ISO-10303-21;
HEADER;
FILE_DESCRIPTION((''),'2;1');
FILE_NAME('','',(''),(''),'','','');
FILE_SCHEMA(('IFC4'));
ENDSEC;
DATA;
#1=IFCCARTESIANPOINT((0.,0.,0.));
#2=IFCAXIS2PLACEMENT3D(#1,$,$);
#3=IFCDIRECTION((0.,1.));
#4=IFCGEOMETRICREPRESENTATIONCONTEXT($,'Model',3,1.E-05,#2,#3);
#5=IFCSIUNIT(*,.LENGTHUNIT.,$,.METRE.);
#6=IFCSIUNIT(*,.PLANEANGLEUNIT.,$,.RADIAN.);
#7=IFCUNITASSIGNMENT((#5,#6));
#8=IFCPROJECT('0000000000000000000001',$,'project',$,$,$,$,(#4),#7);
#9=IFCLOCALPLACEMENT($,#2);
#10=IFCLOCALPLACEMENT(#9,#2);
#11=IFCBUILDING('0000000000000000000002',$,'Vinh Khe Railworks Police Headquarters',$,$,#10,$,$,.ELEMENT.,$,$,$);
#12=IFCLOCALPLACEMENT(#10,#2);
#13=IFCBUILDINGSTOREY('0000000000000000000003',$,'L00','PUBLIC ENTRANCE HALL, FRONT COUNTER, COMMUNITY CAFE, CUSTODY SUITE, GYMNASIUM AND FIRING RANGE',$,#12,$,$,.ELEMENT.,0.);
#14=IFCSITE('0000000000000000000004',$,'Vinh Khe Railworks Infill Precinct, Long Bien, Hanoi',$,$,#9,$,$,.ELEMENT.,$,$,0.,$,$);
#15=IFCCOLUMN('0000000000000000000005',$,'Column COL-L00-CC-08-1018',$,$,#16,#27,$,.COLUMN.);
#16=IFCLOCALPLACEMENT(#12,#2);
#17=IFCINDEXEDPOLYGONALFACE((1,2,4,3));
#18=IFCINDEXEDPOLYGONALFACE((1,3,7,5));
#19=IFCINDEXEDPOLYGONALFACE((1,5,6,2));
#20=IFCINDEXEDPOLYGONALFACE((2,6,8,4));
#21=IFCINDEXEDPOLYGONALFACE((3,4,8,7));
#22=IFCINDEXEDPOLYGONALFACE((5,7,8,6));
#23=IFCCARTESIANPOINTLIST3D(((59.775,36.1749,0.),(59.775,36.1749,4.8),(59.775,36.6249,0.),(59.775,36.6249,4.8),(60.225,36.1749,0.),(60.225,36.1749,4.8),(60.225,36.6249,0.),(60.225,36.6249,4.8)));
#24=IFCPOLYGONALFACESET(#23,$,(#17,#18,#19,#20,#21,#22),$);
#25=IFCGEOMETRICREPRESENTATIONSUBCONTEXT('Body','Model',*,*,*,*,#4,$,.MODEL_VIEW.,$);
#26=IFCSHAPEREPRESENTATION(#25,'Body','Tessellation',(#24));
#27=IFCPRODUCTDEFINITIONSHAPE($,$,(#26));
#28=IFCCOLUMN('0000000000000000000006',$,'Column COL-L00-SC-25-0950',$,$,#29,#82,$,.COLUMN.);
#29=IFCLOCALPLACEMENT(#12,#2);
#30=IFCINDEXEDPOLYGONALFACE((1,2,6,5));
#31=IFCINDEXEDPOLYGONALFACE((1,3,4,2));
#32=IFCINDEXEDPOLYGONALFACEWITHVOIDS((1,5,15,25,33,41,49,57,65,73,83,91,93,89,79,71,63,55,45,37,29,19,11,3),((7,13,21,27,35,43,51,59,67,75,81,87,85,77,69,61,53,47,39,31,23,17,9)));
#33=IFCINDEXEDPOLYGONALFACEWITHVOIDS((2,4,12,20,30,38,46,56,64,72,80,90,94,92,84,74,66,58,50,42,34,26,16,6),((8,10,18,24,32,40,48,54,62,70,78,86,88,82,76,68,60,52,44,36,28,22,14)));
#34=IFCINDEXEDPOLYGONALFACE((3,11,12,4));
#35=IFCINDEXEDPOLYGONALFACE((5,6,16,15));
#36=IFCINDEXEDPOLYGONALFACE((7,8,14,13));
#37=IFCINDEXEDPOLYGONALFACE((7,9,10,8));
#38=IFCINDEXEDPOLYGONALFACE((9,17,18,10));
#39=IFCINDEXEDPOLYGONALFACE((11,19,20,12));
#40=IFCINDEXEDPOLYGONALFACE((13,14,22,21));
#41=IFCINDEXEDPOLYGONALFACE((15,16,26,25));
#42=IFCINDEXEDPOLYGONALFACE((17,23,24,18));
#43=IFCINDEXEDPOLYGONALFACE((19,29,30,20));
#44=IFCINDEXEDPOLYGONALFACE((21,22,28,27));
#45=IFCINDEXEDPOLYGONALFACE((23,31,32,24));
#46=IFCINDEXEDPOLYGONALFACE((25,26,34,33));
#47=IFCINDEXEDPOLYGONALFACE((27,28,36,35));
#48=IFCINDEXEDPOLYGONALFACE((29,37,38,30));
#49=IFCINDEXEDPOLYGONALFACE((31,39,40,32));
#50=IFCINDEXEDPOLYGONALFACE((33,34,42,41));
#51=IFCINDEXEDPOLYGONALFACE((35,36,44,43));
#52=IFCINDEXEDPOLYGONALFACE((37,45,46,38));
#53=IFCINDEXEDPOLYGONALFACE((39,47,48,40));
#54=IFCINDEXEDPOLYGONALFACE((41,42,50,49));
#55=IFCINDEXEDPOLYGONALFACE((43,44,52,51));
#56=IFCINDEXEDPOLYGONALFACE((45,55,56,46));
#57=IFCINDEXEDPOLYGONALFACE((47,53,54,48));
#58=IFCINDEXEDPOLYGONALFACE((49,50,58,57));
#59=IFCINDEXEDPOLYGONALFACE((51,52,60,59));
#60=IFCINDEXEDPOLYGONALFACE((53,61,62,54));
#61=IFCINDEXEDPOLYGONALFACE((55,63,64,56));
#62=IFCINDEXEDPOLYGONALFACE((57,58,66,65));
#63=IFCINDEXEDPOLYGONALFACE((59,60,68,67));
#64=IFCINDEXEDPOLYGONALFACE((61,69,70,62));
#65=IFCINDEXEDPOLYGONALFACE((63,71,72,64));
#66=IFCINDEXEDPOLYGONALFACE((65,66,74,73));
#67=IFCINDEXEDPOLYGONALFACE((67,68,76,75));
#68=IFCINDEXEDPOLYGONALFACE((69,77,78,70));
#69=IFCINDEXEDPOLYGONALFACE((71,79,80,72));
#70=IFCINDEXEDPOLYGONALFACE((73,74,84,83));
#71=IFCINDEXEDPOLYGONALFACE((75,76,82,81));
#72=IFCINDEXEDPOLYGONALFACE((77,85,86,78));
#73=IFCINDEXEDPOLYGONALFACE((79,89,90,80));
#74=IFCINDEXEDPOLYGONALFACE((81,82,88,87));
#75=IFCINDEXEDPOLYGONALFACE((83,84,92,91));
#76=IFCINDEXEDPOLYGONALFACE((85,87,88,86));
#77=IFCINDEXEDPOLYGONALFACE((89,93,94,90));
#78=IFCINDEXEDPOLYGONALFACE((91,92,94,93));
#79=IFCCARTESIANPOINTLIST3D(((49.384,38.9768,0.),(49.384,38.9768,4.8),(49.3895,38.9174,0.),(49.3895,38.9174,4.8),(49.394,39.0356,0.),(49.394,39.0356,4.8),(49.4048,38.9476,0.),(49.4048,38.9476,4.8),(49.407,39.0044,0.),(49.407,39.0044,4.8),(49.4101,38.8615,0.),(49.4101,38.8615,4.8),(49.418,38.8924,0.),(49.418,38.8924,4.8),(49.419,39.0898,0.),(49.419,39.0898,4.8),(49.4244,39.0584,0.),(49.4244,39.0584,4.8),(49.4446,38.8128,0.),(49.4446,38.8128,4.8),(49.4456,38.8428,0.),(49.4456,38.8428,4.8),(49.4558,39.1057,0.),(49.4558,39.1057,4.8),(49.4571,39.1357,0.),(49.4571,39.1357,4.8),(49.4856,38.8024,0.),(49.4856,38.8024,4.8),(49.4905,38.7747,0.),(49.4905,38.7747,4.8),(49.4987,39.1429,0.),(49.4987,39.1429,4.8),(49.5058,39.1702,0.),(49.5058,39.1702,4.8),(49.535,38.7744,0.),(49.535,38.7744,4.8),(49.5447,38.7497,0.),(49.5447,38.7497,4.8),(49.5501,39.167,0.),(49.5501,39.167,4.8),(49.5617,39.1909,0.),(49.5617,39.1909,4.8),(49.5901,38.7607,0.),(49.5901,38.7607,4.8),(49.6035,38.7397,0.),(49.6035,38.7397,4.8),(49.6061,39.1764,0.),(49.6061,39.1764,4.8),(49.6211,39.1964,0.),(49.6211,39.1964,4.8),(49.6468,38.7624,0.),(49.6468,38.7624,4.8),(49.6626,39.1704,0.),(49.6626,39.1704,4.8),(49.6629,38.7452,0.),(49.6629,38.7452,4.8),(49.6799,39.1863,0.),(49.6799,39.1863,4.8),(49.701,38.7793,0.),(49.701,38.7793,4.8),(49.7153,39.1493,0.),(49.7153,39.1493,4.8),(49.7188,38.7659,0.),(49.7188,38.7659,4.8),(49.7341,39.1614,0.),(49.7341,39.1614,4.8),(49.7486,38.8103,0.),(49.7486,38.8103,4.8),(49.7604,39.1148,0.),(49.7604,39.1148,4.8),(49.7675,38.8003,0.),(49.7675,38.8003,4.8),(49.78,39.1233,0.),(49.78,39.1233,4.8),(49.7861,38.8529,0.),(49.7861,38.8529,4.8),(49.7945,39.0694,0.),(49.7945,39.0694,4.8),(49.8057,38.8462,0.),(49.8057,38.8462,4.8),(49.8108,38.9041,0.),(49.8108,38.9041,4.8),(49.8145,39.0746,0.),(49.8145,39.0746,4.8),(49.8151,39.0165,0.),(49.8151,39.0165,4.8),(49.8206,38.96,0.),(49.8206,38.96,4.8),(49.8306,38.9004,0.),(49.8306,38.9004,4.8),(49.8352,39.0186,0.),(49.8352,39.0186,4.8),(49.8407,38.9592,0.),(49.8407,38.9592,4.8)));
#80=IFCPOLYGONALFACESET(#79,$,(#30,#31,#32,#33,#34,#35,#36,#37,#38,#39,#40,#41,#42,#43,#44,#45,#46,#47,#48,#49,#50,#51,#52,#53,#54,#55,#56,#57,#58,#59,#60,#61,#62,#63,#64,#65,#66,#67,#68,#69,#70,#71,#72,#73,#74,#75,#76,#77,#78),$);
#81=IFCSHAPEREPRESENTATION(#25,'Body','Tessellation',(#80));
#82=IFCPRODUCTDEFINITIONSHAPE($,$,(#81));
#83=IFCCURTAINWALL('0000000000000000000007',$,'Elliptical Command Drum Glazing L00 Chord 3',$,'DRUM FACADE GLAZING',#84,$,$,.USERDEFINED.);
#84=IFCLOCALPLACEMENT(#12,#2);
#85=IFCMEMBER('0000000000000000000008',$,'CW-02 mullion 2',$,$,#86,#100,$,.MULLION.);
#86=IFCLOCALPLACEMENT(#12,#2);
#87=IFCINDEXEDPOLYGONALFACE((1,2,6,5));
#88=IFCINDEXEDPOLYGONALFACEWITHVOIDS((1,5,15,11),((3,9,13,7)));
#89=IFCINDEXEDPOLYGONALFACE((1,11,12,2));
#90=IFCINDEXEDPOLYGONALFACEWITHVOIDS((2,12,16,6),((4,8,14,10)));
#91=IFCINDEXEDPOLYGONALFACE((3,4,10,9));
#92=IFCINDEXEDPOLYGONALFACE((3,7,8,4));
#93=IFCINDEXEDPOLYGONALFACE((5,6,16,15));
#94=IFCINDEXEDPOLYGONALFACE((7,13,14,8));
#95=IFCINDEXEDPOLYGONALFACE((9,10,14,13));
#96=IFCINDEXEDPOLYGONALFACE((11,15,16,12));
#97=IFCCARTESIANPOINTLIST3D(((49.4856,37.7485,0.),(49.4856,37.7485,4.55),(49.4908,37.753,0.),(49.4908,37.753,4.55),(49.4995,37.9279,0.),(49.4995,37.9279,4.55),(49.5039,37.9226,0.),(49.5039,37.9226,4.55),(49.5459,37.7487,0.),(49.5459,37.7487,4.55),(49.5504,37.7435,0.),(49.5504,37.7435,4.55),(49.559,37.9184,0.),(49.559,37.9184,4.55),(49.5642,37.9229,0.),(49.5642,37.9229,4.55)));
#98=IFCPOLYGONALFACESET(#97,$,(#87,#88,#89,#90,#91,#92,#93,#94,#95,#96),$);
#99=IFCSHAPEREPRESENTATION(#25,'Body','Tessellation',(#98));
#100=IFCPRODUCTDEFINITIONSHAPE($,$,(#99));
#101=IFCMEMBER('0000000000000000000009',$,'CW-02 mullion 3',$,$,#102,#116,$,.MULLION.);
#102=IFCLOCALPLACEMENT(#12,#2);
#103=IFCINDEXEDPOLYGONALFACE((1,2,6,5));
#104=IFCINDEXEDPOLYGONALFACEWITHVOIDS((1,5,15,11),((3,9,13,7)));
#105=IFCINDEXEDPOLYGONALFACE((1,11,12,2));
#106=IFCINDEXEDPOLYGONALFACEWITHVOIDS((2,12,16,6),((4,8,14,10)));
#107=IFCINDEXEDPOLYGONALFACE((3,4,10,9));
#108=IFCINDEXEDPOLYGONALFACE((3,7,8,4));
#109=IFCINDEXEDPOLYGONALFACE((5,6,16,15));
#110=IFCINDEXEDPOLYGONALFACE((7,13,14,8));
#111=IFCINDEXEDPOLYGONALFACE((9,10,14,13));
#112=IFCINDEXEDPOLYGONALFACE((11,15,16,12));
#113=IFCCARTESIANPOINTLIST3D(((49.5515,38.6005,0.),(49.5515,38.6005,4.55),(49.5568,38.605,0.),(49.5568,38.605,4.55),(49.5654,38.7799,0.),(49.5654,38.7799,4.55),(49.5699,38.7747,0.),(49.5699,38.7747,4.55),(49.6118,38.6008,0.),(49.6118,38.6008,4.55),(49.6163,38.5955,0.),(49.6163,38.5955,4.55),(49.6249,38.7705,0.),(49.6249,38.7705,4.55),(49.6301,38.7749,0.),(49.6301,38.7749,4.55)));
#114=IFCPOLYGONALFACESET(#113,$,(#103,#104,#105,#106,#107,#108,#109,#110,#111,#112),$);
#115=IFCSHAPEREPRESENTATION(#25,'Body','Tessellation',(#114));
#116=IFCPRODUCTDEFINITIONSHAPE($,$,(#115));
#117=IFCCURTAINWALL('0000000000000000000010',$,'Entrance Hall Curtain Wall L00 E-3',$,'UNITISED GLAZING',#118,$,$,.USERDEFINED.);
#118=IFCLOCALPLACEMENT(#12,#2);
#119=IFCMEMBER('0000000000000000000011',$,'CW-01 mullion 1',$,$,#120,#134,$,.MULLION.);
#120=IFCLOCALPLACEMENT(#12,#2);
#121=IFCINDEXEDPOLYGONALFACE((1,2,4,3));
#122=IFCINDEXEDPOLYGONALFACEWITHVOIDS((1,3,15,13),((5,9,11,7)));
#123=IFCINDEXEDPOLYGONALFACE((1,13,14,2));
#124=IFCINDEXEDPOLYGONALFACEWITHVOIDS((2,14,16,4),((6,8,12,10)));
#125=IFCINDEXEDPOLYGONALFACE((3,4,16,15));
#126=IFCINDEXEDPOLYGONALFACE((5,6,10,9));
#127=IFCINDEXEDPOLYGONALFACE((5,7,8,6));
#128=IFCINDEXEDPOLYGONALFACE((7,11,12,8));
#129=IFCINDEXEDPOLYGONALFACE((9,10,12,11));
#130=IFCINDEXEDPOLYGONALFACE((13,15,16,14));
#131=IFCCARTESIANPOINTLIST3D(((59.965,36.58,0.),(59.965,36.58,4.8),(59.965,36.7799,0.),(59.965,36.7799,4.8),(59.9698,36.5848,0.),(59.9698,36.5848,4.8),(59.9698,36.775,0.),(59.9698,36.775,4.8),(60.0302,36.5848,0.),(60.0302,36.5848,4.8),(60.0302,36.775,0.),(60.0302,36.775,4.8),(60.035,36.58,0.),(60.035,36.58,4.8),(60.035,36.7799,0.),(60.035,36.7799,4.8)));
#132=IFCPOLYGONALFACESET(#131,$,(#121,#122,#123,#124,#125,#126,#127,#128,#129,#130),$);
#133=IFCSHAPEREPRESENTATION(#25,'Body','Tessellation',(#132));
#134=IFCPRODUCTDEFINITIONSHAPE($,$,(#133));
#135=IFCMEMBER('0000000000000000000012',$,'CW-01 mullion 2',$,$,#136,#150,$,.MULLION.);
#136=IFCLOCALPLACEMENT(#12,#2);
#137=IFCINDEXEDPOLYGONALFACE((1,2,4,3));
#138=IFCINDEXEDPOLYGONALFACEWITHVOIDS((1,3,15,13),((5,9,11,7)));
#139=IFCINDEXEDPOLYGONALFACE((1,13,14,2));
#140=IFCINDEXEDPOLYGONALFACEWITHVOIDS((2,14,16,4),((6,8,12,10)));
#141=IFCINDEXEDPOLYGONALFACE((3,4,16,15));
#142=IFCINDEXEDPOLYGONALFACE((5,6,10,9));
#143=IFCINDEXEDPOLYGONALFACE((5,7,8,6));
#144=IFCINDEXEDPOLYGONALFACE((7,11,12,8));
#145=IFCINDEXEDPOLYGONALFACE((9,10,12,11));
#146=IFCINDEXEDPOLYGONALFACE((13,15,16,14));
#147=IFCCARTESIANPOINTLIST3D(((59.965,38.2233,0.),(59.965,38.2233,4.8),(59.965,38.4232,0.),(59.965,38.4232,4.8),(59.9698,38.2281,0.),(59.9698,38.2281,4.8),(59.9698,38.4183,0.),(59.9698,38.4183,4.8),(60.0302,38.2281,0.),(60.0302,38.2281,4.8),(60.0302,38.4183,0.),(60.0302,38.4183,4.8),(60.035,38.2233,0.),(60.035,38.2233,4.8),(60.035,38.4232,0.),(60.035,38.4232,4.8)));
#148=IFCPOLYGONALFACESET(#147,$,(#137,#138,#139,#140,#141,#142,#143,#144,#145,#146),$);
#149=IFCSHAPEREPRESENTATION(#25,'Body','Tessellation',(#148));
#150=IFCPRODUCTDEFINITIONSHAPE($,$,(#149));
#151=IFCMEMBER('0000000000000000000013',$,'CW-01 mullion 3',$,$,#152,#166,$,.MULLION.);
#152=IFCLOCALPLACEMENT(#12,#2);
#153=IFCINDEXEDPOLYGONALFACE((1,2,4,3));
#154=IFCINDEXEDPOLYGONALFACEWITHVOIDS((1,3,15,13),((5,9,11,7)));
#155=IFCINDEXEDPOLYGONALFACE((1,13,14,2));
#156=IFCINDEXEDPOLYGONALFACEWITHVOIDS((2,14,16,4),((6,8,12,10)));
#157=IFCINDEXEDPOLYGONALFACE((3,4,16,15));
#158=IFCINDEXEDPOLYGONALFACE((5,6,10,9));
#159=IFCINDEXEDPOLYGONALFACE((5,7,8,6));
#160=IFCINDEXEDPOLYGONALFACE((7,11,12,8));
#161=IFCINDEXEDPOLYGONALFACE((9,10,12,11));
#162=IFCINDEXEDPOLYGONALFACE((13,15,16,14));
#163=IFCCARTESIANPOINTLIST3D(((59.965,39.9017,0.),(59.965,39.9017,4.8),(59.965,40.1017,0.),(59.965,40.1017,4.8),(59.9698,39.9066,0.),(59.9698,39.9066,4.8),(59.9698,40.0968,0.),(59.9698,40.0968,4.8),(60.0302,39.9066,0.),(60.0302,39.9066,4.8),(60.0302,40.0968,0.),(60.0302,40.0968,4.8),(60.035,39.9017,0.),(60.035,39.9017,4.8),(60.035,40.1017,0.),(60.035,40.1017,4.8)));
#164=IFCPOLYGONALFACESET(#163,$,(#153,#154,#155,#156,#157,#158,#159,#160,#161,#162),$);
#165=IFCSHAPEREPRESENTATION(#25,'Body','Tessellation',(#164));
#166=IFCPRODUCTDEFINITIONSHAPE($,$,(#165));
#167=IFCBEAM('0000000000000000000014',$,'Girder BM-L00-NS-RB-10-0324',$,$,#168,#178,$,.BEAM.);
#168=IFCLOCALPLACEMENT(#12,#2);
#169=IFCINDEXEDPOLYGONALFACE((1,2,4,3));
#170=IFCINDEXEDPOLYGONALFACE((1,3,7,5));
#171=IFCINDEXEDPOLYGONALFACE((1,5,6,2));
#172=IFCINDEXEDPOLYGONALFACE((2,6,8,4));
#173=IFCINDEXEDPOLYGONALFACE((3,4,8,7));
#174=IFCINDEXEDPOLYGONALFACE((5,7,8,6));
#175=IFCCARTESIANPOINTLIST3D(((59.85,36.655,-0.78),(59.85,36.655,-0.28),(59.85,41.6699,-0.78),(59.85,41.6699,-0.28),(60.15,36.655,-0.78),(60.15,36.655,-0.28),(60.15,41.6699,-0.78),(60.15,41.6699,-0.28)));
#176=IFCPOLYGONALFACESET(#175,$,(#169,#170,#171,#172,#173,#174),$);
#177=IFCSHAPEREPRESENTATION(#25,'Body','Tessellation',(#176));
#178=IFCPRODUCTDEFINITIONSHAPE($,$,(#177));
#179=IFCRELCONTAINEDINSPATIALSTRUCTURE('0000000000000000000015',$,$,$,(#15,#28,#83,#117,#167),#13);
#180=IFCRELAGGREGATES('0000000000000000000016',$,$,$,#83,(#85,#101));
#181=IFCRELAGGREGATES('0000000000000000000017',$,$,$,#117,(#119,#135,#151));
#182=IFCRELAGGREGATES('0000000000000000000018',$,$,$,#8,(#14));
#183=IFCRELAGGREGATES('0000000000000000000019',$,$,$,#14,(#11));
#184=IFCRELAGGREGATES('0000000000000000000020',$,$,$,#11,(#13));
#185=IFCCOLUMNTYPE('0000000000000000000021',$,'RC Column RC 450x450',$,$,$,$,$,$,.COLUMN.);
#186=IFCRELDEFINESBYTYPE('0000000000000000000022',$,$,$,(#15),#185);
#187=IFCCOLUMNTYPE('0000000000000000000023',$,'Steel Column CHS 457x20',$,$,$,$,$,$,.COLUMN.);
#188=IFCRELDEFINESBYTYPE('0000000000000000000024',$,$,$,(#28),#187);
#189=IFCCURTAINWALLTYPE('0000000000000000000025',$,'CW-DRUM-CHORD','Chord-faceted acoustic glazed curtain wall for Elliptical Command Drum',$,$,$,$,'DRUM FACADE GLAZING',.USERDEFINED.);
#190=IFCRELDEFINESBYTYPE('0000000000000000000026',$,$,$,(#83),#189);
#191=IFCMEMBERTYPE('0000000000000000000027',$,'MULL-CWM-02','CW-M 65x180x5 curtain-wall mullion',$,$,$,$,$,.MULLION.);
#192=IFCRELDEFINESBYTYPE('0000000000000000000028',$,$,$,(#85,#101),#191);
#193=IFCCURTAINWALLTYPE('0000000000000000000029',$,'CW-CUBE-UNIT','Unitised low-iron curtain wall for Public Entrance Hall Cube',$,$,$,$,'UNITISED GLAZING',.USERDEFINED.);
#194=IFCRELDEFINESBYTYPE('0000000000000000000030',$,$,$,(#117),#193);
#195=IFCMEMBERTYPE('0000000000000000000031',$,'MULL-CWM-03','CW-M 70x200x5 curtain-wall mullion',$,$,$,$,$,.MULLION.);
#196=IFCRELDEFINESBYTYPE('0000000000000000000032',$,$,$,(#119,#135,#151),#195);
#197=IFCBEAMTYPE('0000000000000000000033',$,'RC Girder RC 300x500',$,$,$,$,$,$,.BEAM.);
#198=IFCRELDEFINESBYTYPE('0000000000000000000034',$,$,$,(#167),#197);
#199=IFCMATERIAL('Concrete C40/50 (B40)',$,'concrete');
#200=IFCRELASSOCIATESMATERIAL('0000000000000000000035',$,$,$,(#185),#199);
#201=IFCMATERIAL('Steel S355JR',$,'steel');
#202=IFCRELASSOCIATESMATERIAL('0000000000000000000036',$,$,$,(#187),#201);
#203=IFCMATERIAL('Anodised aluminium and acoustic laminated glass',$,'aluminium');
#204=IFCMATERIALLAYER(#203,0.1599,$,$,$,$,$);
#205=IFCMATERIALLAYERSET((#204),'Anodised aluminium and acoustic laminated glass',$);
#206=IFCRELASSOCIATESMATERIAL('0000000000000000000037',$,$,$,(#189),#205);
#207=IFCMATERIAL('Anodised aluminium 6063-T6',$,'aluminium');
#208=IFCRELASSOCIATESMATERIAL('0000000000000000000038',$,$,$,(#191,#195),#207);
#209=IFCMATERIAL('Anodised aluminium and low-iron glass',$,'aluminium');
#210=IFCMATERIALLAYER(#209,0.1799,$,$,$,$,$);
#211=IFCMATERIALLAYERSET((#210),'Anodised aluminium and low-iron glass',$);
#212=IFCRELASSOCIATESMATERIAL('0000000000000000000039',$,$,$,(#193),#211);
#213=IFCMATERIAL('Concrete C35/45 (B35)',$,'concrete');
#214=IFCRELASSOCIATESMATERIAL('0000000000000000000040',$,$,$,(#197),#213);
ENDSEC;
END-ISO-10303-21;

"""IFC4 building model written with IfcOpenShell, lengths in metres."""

from ifc_helpers import new_model, si_unit, direction, frame, origin, origin_2d, place, context, subcontext, project, spatial, rectangle, hollow_rectangle, hollow_circle, extrude, material, layer, layer_set, material_profile, profile_set, type_object, element, aggregate, save


model = new_model("IFC4")

# Units and contexts
model_context = context("Model", 3, precision=1e-05, world=origin(), true_north=direction((0.0, 1.0)))
body_context = subcontext(model_context, "Body", "Model", "MODEL_VIEW")
ifc_project = project(units=[si_unit("LENGTHUNIT", "METRE"), si_unit("PLANEANGLEUNIT", "RADIAN")], contexts=[model_context])

# Site, building, storey
site_placement = place(None, origin())
site = spatial("IfcSite", under=ifc_project, at=site_placement, Name="Vinh Khe Railworks Infill Precinct, Long Bien, Hanoi", CompositionType="ELEMENT", RefElevation=0.0)
building_placement = place(site_placement, origin())
building = spatial("IfcBuilding", under=site, at=building_placement, Name="Vinh Khe Railworks Police Headquarters", CompositionType="ELEMENT")
storey_placement = place(building_placement, origin())
storey = spatial("IfcBuildingStorey", under=building, at=storey_placement, Name="L00", Description="PUBLIC ENTRANCE HALL, FRONT COUNTER, COMMUNITY CAFE, CUSTODY SUITE, GYMNASIUM AND FIRING RANGE", CompositionType="ELEMENT", Elevation=0.0)

# Columns
ifc_material_1 = material(Name="Concrete C40/50 (B40)", Category="concrete")
ifc_material_profile_1 = material_profile(ifc_material_1, rectangle(XDim=0.45, YDim=0.45, at=origin_2d()), Name="RC 450x450")
ifc_profile_set_1 = profile_set([ifc_material_profile_1], Name="Concrete C40/50 (B40)")
column_type_1 = type_object("IfcColumnType", Name="RC Column RC 450x450", PredefinedType="COLUMN", material=ifc_profile_set_1)
column_1_placement = place(storey_placement, frame((60.0, 36.3999, 0.0), z_axis=(0.0, 0.0, 1.0), x_axis=(1.0, 0.0, 0.0)))
element("IfcColumn", 1, at=column_1_placement, inside=storey, type_object=column_type_1, Name="Column COL-L00-CC-08-1018", PredefinedType="COLUMN", context=body_context, shape_type="SweptSolid", body=[
    extrude(rectangle(XDim=0.45, YDim=0.45, at=origin_2d()), origin(), (0.0, 0.0, 1.0), 4.8),
])
ifc_material_2 = material(Name="Steel S355JR", Category="steel")
ifc_material_profile_2 = material_profile(ifc_material_2, hollow_circle(Radius=0.2285, WallThickness=0.02, at=origin_2d()), Name="CHS 457x20")
ifc_profile_set_2 = profile_set([ifc_material_profile_2], Name="Steel S355JR")
column_type_2 = type_object("IfcColumnType", Name="Steel Column CHS 457x20", PredefinedType="COLUMN", material=ifc_profile_set_2)
column_2_placement = place(storey_placement, frame((49.6123, 38.968, 0.0), z_axis=(0.0, 0.0, 1.0), x_axis=(0.999256, -0.038562, 0.0)))
element("IfcColumn", 2, at=column_2_placement, inside=storey, type_object=column_type_2, Name="Column COL-L00-SC-25-0950", PredefinedType="COLUMN", context=body_context, shape_type="SweptSolid", body=[
    extrude(hollow_circle(Radius=0.2285, WallThickness=0.02, at=origin_2d()), origin(), (0.0, 0.0, 1.0), 4.8),
])

# Curtain walls, members
ifc_material_3 = material(Name="Anodised aluminium and acoustic laminated glass", Category="aluminium")
ifc_layer_1 = layer(ifc_material_3, 0.1599)
ifc_layer_set_1 = layer_set([ifc_layer_1], Name="Anodised aluminium and acoustic laminated glass")
curtain_wall_type_1 = type_object("IfcCurtainWallType", Name="CW-DRUM-CHORD", Description="Chord-faceted acoustic glazed curtain wall for Elliptical Command Drum", ElementType="DRUM FACADE GLAZING", PredefinedType="USERDEFINED", material=ifc_layer_set_1)
curtain_wall_1_placement = place(storey_placement, origin())
curtain_wall_1 = element("IfcCurtainWall", 3, at=curtain_wall_1_placement, inside=storey, type_object=curtain_wall_type_1, Name="Elliptical Command Drum Glazing L00 Chord 3", ObjectType="DRUM FACADE GLAZING", PredefinedType="USERDEFINED")
ifc_material_4 = material(Name="Anodised aluminium 6063-T6", Category="aluminium")
ifc_material_profile_3 = material_profile(ifc_material_4, hollow_rectangle(XDim=0.0649, YDim=0.1799, WallThickness=0.0049, at=origin_2d()), Name="CW-M 65x180x5")
ifc_profile_set_3 = profile_set([ifc_material_profile_3], Name="Anodised aluminium 6063-T6")
member_type_1 = type_object("IfcMemberType", Name="MULL-CWM-02", Description="CW-M 65x180x5 curtain-wall mullion", PredefinedType="MULLION", material=ifc_profile_set_3)
member_1_placement = place(storey_placement, frame((49.5249, 37.8357, 0.0), z_axis=(0.0, 0.0, 1.0), x_axis=(-0.997033, 0.07697, 0.0)))
member_1 = element("IfcMember", 4, at=member_1_placement, type_object=member_type_1, Name="CW-02 mullion 2", PredefinedType="MULLION", context=body_context, shape_type="SweptSolid", body=[
    extrude(hollow_rectangle(XDim=0.0649, YDim=0.1799, WallThickness=0.0049, at=origin_2d()), origin(), (0.0, 0.0, 1.0), 4.55),
])
member_2_placement = place(storey_placement, frame((49.5908, 38.6877, 0.0), z_axis=(0.0, 0.0, 1.0), x_axis=(-0.997033, 0.07697, 0.0)))
member_2 = element("IfcMember", 5, at=member_2_placement, type_object=member_type_1, Name="CW-02 mullion 3", PredefinedType="MULLION", context=body_context, shape_type="SweptSolid", body=[
    extrude(hollow_rectangle(XDim=0.0649, YDim=0.1799, WallThickness=0.0049, at=origin_2d()), origin(), (0.0, 0.0, 1.0), 4.55),
])
ifc_material_5 = material(Name="Anodised aluminium and low-iron glass", Category="aluminium")
ifc_layer_2 = layer(ifc_material_5, 0.1799)
ifc_layer_set_2 = layer_set([ifc_layer_2], Name="Anodised aluminium and low-iron glass")
curtain_wall_type_2 = type_object("IfcCurtainWallType", Name="CW-CUBE-UNIT", Description="Unitised low-iron curtain wall for Public Entrance Hall Cube", ElementType="UNITISED GLAZING", PredefinedType="USERDEFINED", material=ifc_layer_set_2)
curtain_wall_2_placement = place(storey_placement, origin())
curtain_wall_2 = element("IfcCurtainWall", 6, at=curtain_wall_2_placement, inside=storey, type_object=curtain_wall_type_2, Name="Entrance Hall Curtain Wall L00 E-3", ObjectType="UNITISED GLAZING", PredefinedType="USERDEFINED")
ifc_material_profile_4 = material_profile(ifc_material_4, hollow_rectangle(XDim=0.0701, YDim=0.2, WallThickness=0.0049, at=origin_2d()), Name="CW-M 70x200x5")
ifc_profile_set_4 = profile_set([ifc_material_profile_4], Name="Anodised aluminium 6063-T6")
member_type_2 = type_object("IfcMemberType", Name="MULL-CWM-03", Description="CW-M 70x200x5 curtain-wall mullion", PredefinedType="MULLION", material=ifc_profile_set_4)
member_3_placement = place(storey_placement, frame((60.0, 36.6799, 0.0), z_axis=(0.0, 0.0, 1.0), x_axis=(-1.0, 0.0, 0.0)))
member_3 = element("IfcMember", 7, at=member_3_placement, type_object=member_type_2, Name="CW-01 mullion 1", PredefinedType="MULLION", context=body_context, shape_type="SweptSolid", body=[
    extrude(hollow_rectangle(XDim=0.0701, YDim=0.2, WallThickness=0.0049, at=origin_2d()), origin(), (0.0, 0.0, 1.0), 4.8),
])
member_4_placement = place(storey_placement, frame((60.0, 38.3232, 0.0), z_axis=(0.0, 0.0, 1.0), x_axis=(-1.0, 0.0, 0.0)))
member_4 = element("IfcMember", 8, at=member_4_placement, type_object=member_type_2, Name="CW-01 mullion 2", PredefinedType="MULLION", context=body_context, shape_type="SweptSolid", body=[
    extrude(hollow_rectangle(XDim=0.0701, YDim=0.2, WallThickness=0.0049, at=origin_2d()), origin(), (0.0, 0.0, 1.0), 4.8),
])
member_5_placement = place(storey_placement, frame((60.0, 40.0017, 0.0), z_axis=(0.0, 0.0, 1.0), x_axis=(-1.0, 0.0, 0.0)))
member_5 = element("IfcMember", 9, at=member_5_placement, type_object=member_type_2, Name="CW-01 mullion 3", PredefinedType="MULLION", context=body_context, shape_type="SweptSolid", body=[
    extrude(hollow_rectangle(XDim=0.0701, YDim=0.2, WallThickness=0.0049, at=origin_2d()), origin(), (0.0, 0.0, 1.0), 4.8),
])

# Beam
ifc_material_6 = material(Name="Concrete C35/45 (B35)", Category="concrete")
ifc_material_profile_5 = material_profile(ifc_material_6, rectangle(XDim=0.3, YDim=0.5, at=origin_2d()), Name="RC 300x500")
ifc_profile_set_5 = profile_set([ifc_material_profile_5], Name="Concrete C35/45 (B35)")
beam_type_1 = type_object("IfcBeamType", Name="RC Girder RC 300x500", PredefinedType="BEAM", material=ifc_profile_set_5)
beam_1_placement = place(storey_placement, frame((60.0, 36.655, -0.53), z_axis=(0.0, 1.0, 0.0), x_axis=(-1.0, 0.0, 0.0)))
element("IfcBeam", 10, at=beam_1_placement, inside=storey, type_object=beam_type_1, Name="Girder BM-L00-NS-RB-10-0324", PredefinedType="BEAM", context=body_context, shape_type="SweptSolid", body=[
    extrude(rectangle(XDim=0.3, YDim=0.5, at=origin_2d()), origin(), (0.0, 0.0, 1.0), 5.0149),
])

aggregate(curtain_wall_1, [member_1, member_2])
aggregate(curtain_wall_2, [member_3, member_4, member_5])

save(model, "model.ifc")
